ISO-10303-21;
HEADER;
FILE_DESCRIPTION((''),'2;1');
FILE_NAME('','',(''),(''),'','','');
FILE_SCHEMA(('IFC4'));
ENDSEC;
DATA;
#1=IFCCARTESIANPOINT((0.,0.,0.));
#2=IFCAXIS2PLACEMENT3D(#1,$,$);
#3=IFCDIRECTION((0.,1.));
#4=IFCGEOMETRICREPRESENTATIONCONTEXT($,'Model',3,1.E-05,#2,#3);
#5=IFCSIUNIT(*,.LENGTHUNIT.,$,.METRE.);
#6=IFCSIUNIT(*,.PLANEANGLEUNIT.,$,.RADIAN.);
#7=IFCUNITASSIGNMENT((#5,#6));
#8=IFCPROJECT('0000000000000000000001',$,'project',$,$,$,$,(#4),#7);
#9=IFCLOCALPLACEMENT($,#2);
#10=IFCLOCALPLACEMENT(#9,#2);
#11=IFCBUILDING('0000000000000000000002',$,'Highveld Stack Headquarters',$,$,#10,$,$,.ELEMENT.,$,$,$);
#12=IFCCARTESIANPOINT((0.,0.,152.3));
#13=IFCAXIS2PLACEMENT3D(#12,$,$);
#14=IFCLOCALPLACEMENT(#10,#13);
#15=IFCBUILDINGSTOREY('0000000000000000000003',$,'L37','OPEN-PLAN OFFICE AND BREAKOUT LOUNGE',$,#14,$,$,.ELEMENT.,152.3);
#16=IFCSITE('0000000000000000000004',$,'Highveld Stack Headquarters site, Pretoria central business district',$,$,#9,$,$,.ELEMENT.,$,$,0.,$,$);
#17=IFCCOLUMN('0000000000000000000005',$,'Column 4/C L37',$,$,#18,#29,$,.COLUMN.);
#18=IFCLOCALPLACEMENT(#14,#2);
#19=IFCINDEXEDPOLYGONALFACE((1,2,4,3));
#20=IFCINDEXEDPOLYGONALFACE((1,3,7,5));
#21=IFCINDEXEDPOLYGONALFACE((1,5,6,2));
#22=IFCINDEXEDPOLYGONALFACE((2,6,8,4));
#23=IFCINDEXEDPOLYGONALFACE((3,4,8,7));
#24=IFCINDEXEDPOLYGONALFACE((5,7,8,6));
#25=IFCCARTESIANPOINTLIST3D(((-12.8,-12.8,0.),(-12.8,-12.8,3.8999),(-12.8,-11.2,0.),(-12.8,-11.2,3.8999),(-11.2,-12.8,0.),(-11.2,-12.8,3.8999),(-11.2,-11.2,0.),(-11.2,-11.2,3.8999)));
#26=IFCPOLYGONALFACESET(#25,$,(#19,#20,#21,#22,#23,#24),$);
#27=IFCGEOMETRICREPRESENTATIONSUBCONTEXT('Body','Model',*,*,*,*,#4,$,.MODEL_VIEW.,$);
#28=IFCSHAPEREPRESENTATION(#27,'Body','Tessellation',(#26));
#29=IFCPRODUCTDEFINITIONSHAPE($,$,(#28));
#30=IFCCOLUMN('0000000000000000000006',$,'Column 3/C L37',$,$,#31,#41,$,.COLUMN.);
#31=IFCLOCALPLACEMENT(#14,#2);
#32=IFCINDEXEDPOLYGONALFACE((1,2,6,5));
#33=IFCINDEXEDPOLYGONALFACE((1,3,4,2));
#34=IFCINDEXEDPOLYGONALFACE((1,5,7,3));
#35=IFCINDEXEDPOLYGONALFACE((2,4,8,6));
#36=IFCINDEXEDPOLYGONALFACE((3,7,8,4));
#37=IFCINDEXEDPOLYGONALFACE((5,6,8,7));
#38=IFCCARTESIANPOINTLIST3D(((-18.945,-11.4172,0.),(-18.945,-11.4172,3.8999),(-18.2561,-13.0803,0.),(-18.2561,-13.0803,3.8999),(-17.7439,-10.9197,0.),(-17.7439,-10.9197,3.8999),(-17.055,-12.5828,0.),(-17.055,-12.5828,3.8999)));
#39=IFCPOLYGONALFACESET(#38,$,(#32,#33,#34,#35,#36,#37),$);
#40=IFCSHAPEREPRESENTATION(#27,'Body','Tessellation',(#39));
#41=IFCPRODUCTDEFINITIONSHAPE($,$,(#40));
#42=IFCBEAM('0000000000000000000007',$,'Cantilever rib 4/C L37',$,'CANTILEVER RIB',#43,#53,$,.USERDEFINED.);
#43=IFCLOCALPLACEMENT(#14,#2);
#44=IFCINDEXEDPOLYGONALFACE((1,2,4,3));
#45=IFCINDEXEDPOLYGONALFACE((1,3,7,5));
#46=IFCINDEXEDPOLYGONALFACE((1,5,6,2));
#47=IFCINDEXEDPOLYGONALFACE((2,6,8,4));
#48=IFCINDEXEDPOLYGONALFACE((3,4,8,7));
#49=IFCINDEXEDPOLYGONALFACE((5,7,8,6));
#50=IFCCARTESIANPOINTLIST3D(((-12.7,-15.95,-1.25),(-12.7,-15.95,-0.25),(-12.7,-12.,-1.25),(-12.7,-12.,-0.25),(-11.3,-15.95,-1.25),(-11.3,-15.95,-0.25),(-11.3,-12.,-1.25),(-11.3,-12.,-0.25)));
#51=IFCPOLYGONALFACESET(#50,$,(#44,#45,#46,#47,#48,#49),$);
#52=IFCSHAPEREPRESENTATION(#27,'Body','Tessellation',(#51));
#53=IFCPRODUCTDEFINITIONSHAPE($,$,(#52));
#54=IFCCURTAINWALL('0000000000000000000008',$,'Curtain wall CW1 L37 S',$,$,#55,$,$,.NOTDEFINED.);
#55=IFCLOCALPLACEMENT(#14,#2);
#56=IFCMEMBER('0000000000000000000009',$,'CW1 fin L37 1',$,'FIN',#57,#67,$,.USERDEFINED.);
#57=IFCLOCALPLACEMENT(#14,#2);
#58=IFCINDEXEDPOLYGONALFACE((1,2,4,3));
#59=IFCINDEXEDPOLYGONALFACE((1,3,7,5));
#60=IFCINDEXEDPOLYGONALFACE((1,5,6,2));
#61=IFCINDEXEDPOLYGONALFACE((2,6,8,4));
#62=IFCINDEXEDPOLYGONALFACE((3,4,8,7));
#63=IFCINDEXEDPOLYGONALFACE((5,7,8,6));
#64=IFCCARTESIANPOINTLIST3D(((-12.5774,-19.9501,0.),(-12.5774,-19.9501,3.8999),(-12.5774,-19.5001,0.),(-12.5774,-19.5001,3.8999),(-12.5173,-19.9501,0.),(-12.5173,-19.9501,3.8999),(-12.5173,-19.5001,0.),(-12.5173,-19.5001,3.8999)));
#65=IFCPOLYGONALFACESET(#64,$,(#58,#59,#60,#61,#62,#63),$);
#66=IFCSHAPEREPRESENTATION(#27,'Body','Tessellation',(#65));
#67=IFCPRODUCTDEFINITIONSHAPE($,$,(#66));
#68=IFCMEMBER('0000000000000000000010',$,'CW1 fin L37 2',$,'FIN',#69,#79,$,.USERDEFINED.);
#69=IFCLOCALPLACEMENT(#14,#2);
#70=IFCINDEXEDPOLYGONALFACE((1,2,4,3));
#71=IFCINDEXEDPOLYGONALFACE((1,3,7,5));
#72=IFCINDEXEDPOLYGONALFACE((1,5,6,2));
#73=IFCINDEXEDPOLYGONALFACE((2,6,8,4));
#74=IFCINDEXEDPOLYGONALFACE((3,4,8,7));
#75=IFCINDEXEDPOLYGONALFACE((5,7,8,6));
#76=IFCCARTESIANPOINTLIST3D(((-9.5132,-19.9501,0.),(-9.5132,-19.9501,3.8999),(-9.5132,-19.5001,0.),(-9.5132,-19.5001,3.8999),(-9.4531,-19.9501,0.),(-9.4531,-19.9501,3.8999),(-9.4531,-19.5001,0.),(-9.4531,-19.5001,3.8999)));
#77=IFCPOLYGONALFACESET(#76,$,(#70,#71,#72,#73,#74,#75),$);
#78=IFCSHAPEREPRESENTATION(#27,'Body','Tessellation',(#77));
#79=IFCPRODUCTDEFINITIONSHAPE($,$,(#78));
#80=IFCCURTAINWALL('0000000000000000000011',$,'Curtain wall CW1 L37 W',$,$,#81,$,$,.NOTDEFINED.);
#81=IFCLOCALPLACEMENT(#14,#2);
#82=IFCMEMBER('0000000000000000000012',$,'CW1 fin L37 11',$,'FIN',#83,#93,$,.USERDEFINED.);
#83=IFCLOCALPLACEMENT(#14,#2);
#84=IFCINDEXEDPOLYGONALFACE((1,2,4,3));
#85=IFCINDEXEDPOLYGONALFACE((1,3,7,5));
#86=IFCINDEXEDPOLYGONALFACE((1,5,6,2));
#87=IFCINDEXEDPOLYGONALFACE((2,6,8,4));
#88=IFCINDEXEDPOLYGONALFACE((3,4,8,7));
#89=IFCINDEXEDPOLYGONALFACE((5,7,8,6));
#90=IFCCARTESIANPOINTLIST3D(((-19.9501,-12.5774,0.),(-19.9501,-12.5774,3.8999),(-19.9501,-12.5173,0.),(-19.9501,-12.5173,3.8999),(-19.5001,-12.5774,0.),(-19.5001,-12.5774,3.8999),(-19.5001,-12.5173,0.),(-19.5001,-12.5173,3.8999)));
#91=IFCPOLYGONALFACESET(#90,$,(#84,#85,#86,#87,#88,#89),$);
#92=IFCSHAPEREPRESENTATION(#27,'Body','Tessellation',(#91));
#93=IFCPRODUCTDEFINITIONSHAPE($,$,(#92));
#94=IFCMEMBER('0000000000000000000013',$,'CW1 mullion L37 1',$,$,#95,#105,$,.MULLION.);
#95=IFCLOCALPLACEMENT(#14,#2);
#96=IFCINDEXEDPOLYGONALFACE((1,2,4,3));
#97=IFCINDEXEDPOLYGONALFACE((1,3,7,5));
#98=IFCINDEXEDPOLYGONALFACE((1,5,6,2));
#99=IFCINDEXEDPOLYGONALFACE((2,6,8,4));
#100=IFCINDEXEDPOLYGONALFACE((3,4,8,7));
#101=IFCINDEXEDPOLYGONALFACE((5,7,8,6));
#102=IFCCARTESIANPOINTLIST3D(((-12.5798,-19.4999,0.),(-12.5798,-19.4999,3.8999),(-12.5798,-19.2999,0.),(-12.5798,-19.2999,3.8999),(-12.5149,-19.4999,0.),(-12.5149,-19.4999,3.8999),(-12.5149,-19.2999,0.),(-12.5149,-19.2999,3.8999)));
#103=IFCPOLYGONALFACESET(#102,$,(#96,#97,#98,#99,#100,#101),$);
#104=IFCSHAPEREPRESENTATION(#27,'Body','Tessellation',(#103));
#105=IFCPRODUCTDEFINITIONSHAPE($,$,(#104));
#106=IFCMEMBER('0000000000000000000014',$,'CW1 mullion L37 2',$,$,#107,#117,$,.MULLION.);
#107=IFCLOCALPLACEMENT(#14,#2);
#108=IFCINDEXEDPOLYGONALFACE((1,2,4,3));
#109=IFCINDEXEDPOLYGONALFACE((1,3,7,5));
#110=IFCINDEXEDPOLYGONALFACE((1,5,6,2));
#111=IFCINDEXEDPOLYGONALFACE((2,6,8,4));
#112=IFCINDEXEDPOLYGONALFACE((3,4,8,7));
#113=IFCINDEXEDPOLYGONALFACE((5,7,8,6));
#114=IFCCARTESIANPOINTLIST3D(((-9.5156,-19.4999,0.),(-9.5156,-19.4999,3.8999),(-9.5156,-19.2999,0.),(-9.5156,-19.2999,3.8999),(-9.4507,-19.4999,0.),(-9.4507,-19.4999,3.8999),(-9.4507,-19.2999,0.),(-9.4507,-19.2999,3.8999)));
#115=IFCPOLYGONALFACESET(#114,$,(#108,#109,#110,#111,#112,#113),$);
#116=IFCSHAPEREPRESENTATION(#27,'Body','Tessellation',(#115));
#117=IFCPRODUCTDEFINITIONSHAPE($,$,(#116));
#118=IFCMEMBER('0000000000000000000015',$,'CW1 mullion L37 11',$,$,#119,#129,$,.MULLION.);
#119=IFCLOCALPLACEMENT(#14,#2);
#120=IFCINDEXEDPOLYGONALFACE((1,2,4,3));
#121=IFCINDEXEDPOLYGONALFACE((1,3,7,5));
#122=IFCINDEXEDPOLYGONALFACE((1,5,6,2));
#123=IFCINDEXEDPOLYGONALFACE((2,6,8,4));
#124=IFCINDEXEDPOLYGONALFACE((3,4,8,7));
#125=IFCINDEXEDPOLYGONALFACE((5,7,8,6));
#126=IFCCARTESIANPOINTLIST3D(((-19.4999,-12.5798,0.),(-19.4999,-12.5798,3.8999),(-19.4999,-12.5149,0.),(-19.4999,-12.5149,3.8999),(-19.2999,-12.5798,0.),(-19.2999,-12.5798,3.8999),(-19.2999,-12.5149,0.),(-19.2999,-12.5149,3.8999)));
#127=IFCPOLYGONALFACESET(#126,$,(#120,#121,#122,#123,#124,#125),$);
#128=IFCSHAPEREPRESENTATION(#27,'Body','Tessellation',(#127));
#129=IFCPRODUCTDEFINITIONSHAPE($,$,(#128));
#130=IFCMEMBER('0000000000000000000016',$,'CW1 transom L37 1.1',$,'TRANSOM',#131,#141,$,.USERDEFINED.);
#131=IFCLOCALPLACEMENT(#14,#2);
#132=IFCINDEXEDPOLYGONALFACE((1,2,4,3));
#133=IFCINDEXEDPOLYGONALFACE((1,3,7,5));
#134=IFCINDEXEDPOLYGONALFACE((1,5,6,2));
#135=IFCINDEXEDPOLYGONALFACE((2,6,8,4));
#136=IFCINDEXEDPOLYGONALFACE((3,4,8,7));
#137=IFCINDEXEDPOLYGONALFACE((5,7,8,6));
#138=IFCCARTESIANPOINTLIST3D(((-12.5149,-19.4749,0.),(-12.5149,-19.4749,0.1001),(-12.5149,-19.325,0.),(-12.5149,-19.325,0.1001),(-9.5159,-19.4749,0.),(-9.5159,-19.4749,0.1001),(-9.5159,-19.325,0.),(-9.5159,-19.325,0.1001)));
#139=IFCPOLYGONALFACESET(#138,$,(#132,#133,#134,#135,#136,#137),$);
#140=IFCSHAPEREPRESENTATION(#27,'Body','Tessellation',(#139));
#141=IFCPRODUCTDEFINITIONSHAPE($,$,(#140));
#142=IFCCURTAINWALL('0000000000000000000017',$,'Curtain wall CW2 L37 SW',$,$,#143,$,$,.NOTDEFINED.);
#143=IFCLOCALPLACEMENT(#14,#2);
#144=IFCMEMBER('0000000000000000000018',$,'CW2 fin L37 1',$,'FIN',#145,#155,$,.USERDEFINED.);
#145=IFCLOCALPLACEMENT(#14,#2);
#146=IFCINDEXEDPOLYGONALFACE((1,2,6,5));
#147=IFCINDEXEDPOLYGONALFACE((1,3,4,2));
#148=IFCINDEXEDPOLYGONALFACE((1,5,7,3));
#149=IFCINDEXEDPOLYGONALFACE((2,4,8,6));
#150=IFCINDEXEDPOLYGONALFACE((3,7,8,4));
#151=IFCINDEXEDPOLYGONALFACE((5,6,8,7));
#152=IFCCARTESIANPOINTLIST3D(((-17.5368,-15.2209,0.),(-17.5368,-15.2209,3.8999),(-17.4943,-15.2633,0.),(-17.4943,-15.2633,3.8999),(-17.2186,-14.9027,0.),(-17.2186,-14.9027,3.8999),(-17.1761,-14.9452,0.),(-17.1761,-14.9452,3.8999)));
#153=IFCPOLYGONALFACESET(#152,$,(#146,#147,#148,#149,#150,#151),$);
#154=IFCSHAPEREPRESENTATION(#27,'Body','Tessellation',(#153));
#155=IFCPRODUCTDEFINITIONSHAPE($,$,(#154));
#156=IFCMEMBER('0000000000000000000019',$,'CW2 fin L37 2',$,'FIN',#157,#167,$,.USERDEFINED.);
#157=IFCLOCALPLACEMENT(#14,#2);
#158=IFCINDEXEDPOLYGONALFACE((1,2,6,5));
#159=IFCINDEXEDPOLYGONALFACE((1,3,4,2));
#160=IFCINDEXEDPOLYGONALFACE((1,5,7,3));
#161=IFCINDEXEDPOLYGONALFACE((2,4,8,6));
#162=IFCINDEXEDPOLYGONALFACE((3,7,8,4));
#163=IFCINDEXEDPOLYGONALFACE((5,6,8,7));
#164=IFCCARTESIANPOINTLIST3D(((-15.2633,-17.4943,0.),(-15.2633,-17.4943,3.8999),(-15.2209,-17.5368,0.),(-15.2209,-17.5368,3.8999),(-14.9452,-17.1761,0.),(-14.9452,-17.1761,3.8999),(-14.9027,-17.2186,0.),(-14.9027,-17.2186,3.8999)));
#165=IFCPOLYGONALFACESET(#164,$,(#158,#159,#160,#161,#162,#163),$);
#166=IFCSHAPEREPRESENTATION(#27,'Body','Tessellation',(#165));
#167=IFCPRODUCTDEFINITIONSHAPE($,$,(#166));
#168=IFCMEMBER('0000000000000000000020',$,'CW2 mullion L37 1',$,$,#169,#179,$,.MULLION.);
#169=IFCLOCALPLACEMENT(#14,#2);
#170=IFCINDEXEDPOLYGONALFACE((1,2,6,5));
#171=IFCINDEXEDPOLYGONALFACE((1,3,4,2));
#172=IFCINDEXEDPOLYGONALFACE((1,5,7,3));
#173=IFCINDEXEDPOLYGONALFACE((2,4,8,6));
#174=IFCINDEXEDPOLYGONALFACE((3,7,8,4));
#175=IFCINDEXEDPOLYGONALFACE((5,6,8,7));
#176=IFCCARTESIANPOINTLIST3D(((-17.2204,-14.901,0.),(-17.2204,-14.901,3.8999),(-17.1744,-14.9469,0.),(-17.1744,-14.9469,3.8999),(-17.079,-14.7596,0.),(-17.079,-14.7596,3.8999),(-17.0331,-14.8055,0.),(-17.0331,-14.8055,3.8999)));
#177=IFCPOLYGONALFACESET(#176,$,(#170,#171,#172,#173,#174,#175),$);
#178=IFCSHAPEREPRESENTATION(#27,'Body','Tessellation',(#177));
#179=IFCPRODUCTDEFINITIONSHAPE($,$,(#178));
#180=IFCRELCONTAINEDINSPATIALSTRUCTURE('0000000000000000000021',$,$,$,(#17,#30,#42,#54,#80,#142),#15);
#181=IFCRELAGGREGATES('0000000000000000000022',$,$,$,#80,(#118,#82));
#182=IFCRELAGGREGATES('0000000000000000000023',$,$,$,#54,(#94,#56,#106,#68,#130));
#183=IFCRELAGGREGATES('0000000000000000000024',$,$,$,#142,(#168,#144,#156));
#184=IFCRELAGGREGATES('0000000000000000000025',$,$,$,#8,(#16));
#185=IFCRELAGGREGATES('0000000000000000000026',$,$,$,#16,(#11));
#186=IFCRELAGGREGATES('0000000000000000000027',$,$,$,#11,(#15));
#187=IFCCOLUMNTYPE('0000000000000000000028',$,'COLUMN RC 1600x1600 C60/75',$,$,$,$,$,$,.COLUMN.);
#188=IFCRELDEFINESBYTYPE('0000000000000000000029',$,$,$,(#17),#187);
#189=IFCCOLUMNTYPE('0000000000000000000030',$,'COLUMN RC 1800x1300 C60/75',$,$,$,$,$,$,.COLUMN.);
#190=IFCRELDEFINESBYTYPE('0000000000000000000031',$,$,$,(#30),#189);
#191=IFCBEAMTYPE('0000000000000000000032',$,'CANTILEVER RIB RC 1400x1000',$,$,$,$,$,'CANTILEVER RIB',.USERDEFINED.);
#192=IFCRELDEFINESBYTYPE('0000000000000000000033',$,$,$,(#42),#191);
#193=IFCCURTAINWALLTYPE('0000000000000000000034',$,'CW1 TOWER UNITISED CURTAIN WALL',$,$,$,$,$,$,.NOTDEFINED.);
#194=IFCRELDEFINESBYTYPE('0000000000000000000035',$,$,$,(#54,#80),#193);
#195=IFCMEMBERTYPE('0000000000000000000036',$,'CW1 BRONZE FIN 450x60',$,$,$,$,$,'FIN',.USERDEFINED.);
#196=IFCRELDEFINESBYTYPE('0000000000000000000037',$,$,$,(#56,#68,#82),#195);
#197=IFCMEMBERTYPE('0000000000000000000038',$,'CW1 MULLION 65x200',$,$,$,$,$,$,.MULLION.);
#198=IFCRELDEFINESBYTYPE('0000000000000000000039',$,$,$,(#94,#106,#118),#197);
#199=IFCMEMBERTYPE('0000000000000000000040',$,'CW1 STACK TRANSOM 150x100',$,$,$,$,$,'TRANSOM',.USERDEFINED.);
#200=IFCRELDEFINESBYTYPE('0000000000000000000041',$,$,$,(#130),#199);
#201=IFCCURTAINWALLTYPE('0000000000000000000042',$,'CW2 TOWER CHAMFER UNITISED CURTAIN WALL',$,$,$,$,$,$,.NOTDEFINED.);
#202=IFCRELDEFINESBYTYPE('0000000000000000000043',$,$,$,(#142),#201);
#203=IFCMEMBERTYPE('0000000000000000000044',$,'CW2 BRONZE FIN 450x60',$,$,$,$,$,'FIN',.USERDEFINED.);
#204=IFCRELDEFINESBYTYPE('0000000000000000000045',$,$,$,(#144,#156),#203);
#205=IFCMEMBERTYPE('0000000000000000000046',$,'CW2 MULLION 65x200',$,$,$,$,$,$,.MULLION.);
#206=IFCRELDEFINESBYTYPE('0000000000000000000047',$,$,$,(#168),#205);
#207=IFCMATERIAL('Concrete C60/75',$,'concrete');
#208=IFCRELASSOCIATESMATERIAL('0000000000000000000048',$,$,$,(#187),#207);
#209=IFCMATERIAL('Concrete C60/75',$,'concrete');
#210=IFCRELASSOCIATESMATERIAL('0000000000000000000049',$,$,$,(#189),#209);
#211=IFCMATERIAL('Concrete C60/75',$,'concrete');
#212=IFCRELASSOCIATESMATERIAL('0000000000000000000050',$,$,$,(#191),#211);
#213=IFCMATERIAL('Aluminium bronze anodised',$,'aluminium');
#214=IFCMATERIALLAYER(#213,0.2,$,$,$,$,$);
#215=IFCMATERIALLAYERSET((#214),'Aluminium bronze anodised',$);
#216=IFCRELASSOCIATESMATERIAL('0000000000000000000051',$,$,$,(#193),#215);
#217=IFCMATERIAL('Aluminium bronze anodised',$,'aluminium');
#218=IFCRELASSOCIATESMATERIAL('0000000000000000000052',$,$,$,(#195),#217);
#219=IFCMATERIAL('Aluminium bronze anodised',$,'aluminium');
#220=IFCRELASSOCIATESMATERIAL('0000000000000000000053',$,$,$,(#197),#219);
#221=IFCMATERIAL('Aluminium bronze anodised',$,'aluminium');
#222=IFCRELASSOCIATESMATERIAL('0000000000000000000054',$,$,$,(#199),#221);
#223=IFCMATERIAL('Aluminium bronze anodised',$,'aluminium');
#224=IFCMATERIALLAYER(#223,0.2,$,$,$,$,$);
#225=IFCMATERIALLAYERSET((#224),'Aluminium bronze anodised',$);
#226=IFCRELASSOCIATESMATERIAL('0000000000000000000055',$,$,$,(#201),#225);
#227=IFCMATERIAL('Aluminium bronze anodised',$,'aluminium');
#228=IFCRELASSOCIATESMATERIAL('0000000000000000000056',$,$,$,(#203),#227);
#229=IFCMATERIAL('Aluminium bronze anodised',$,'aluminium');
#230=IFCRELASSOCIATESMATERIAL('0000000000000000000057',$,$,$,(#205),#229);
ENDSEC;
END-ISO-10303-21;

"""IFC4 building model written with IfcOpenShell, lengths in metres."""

from ifc_helpers import new_model, si_unit, direction, frame, origin, origin_2d, place, context, subcontext, project, spatial, rectangle, extrude, material, layer, layer_set, material_profile, profile_set, type_object, element, aggregate, save


model = new_model("IFC4")

# Units and contexts
model_context = context("Model", 3, precision=1e-05, world=origin(), true_north=direction((0.0, 1.0)))
body_context = subcontext(model_context, "Body", "Model", "MODEL_VIEW")
ifc_project = project(units=[si_unit("LENGTHUNIT", "METRE"), si_unit("PLANEANGLEUNIT", "RADIAN")], contexts=[model_context])

# Site, building, storey
site_placement = place(None, origin())
site = spatial("IfcSite", under=ifc_project, at=site_placement, Name="Highveld Stack Headquarters site, Pretoria central business district", CompositionType="ELEMENT", RefElevation=0.0)
building_placement = place(site_placement, origin())
building = spatial("IfcBuilding", under=site, at=building_placement, Name="Highveld Stack Headquarters", CompositionType="ELEMENT")
storey_placement = place(building_placement, frame((0.0, 0.0, 152.3)))
storey = spatial("IfcBuildingStorey", under=building, at=storey_placement, Name="L37", Description="OPEN-PLAN OFFICE AND BREAKOUT LOUNGE", CompositionType="ELEMENT", Elevation=152.3)

# Columns
ifc_material_1 = material(Name="Concrete C60/75", Category="concrete")
ifc_material_profile_1 = material_profile(ifc_material_1, rectangle(XDim=1.6001, YDim=1.6001, at=origin_2d()), Name="RC 1600x1600")
ifc_profile_set_1 = profile_set([ifc_material_profile_1], Name="Concrete C60/75")
column_type_1 = type_object("IfcColumnType", Name="COLUMN RC 1600x1600 C60/75", PredefinedType="COLUMN", material=ifc_profile_set_1)
column_1_placement = place(storey_placement, frame((-12.0, -12.0, 0.0), z_axis=(0.0, 0.0, 1.0), x_axis=(1.0, 0.0, 0.0)))
element("IfcColumn", 1, at=column_1_placement, inside=storey, type_object=column_type_1, Name="Column 4/C L37", PredefinedType="COLUMN", context=body_context, shape_type="SweptSolid", body=[
    extrude(rectangle(XDim=1.6001, YDim=1.6001, at=origin_2d()), origin(), (0.0, 0.0, 1.0), 3.8999),
])
ifc_material_2 = material(Name="Concrete C60/75", Category="concrete")
ifc_material_profile_2 = material_profile(ifc_material_2, rectangle(XDim=1.8, YDim=1.3, at=origin_2d()), Name="RC 1800x1300")
ifc_profile_set_2 = profile_set([ifc_material_profile_2], Name="Concrete C60/75")
column_type_2 = type_object("IfcColumnType", Name="COLUMN RC 1800x1300 C60/75", PredefinedType="COLUMN", material=ifc_profile_set_2)
column_2_placement = place(storey_placement, frame((-18.0, -12.0, 0.0), z_axis=(0.0, 0.0, 1.0), x_axis=(-0.382683, 0.92388, 0.0)))
element("IfcColumn", 2, at=column_2_placement, inside=storey, type_object=column_type_2, Name="Column 3/C L37", PredefinedType="COLUMN", context=body_context, shape_type="SweptSolid", body=[
    extrude(rectangle(XDim=1.8, YDim=1.3, at=origin_2d()), origin(), (0.0, 0.0, 1.0), 3.8999),
])

# Beam
ifc_material_3 = material(Name="Concrete C60/75", Category="concrete")
ifc_material_profile_3 = material_profile(ifc_material_3, rectangle(XDim=1.3999, YDim=1.0, at=origin_2d()), Name="RC 1400x1000")
ifc_profile_set_3 = profile_set([ifc_material_profile_3], Name="Concrete C60/75")
beam_type_1 = type_object("IfcBeamType", Name="CANTILEVER RIB RC 1400x1000", ElementType="CANTILEVER RIB", PredefinedType="USERDEFINED", material=ifc_profile_set_3)
beam_1_placement = place(storey_placement, frame((-12.0, -12.0, -0.75), z_axis=(0.0, -1.0, 0.0), x_axis=(1.0, 0.0, 0.0)))
element("IfcBeam", 3, at=beam_1_placement, inside=storey, type_object=beam_type_1, Name="Cantilever rib 4/C L37", ObjectType="CANTILEVER RIB", PredefinedType="USERDEFINED", context=body_context, shape_type="SweptSolid", body=[
    extrude(rectangle(XDim=1.3999, YDim=1.0, at=origin_2d()), origin(), (0.0, 0.0, 1.0), 3.95),
])

# Curtain wall, members
ifc_material_4 = material(Name="Aluminium bronze anodised", Category="aluminium")
ifc_layer_1 = layer(ifc_material_4, 0.2)
ifc_layer_set_1 = layer_set([ifc_layer_1], Name="Aluminium bronze anodised")
curtain_wall_type_1 = type_object("IfcCurtainWallType", Name="CW1 TOWER UNITISED CURTAIN WALL", PredefinedType="NOTDEFINED", material=ifc_layer_set_1)
curtain_wall_1_placement = place(storey_placement, origin())
curtain_wall_1 = element("IfcCurtainWall", 4, at=curtain_wall_1_placement, inside=storey, type_object=curtain_wall_type_1, Name="Curtain wall CW1 L37 S", PredefinedType="NOTDEFINED")
ifc_material_5 = material(Name="Aluminium bronze anodised", Category="aluminium")
ifc_material_profile_4 = material_profile(ifc_material_5, rectangle(XDim=0.45, YDim=0.0601, at=origin_2d()), Name="FIN 450x60")
ifc_profile_set_4 = profile_set([ifc_material_profile_4], Name="Aluminium bronze anodised")
member_type_1 = type_object("IfcMemberType", Name="CW1 BRONZE FIN 450x60", ElementType="FIN", PredefinedType="USERDEFINED", material=ifc_profile_set_4)
member_1_placement = place(storey_placement, frame((-12.5474, -19.7251, 0.0), z_axis=(0.0, 0.0, 1.0), x_axis=(0.0, 1.0, 0.0)))
member_1 = element("IfcMember", 5, at=member_1_placement, type_object=member_type_1, Name="CW1 fin L37 1", ObjectType="FIN", PredefinedType="USERDEFINED", context=body_context, shape_type="SweptSolid", body=[
    extrude(rectangle(XDim=0.45, YDim=0.0601, at=origin_2d()), origin(), (0.0, 0.0, 1.0), 3.8999),
])
member_2_placement = place(storey_placement, frame((-9.4832, -19.7251, 0.0), z_axis=(0.0, 0.0, 1.0), x_axis=(0.0, 1.0, 0.0)))
member_2 = element("IfcMember", 6, at=member_2_placement, type_object=member_type_1, Name="CW1 fin L37 2", ObjectType="FIN", PredefinedType="USERDEFINED", context=body_context, shape_type="SweptSolid", body=[
    extrude(rectangle(XDim=0.45, YDim=0.0601, at=origin_2d()), origin(), (0.0, 0.0, 1.0), 3.8999),
])

# Curtain wall, member
curtain_wall_2_placement = place(storey_placement, origin())
curtain_wall_2 = element("IfcCurtainWall", 7, at=curtain_wall_2_placement, inside=storey, type_object=curtain_wall_type_1, Name="Curtain wall CW1 L37 W", PredefinedType="NOTDEFINED")
member_3_placement = place(storey_placement, frame((-19.7251, -12.5474, 0.0), z_axis=(0.0, 0.0, 1.0), x_axis=(1.0, 0.0, 0.0)))
member_3 = element("IfcMember", 8, at=member_3_placement, type_object=member_type_1, Name="CW1 fin L37 11", ObjectType="FIN", PredefinedType="USERDEFINED", context=body_context, shape_type="SweptSolid", body=[
    extrude(rectangle(XDim=0.45, YDim=0.0601, at=origin_2d()), origin(), (0.0, 0.0, 1.0), 3.8999),
])

# Members
ifc_material_6 = material(Name="Aluminium bronze anodised", Category="aluminium")
ifc_material_profile_5 = material_profile(ifc_material_6, rectangle(XDim=0.2, YDim=0.0649, at=origin_2d()), Name="CW1 MULLION 65x200")
ifc_profile_set_5 = profile_set([ifc_material_profile_5], Name="Aluminium bronze anodised")
member_type_2 = type_object("IfcMemberType", Name="CW1 MULLION 65x200", PredefinedType="MULLION", material=ifc_profile_set_5)
member_4_placement = place(storey_placement, frame((-12.5474, -19.3999, 0.0), z_axis=(0.0, 0.0, 1.0), x_axis=(0.0, 1.0, 0.0)))
member_4 = element("IfcMember", 9, at=member_4_placement, type_object=member_type_2, Name="CW1 mullion L37 1", PredefinedType="MULLION", context=body_context, shape_type="SweptSolid", body=[
    extrude(rectangle(XDim=0.2, YDim=0.0649, at=origin_2d()), origin(), (0.0, 0.0, 1.0), 3.8999),
])
member_5_placement = place(storey_placement, frame((-9.4832, -19.3999, 0.0), z_axis=(0.0, 0.0, 1.0), x_axis=(0.0, 1.0, 0.0)))
member_5 = element("IfcMember", 10, at=member_5_placement, type_object=member_type_2, Name="CW1 mullion L37 2", PredefinedType="MULLION", context=body_context, shape_type="SweptSolid", body=[
    extrude(rectangle(XDim=0.2, YDim=0.0649, at=origin_2d()), origin(), (0.0, 0.0, 1.0), 3.8999),
])
member_6_placement = place(storey_placement, frame((-19.3999, -12.5474, 0.0), z_axis=(0.0, 0.0, 1.0), x_axis=(1.0, 0.0, 0.0)))
member_6 = element("IfcMember", 11, at=member_6_placement, type_object=member_type_2, Name="CW1 mullion L37 11", PredefinedType="MULLION", context=body_context, shape_type="SweptSolid", body=[
    extrude(rectangle(XDim=0.2, YDim=0.0649, at=origin_2d()), origin(), (0.0, 0.0, 1.0), 3.8999),
])
aggregate(curtain_wall_2, [member_6, member_3])
ifc_material_7 = material(Name="Aluminium bronze anodised", Category="aluminium")
ifc_material_profile_6 = material_profile(ifc_material_7, rectangle(XDim=0.1499, YDim=0.1001, at=origin_2d()), Name="CW1 TRANSOM 150x100")
ifc_profile_set_6 = profile_set([ifc_material_profile_6], Name="Aluminium bronze anodised")
member_type_3 = type_object("IfcMemberType", Name="CW1 STACK TRANSOM 150x100", ElementType="TRANSOM", PredefinedType="USERDEFINED", material=ifc_profile_set_6)
member_7_placement = place(storey_placement, frame((-12.5149, -19.3999, 0.05), z_axis=(1.0, 0.0, 0.0), x_axis=(0.0, 1.0, 0.0)))
member_7 = element("IfcMember", 12, at=member_7_placement, type_object=member_type_3, Name="CW1 transom L37 1.1", ObjectType="TRANSOM", PredefinedType="USERDEFINED", context=body_context, shape_type="SweptSolid", body=[
    extrude(rectangle(XDim=0.1499, YDim=0.1001, at=origin_2d()), origin(), (0.0, 0.0, 1.0), 2.999),
])

# Curtain wall, members
ifc_material_8 = material(Name="Aluminium bronze anodised", Category="aluminium")
ifc_layer_2 = layer(ifc_material_8, 0.2)
ifc_layer_set_2 = layer_set([ifc_layer_2], Name="Aluminium bronze anodised")
curtain_wall_type_2 = type_object("IfcCurtainWallType", Name="CW2 TOWER CHAMFER UNITISED CURTAIN WALL", PredefinedType="NOTDEFINED", material=ifc_layer_set_2)
curtain_wall_3_placement = place(storey_placement, origin())
curtain_wall_3 = element("IfcCurtainWall", 13, at=curtain_wall_3_placement, inside=storey, type_object=curtain_wall_type_2, Name="Curtain wall CW2 L37 SW", PredefinedType="NOTDEFINED")
ifc_material_9 = material(Name="Aluminium bronze anodised", Category="aluminium")
ifc_material_profile_7 = material_profile(ifc_material_9, rectangle(XDim=0.45, YDim=0.0601, at=origin_2d()), Name="FIN 450x60")
ifc_profile_set_7 = profile_set([ifc_material_profile_7], Name="Aluminium bronze anodised")
member_type_4 = type_object("IfcMemberType", Name="CW2 BRONZE FIN 450x60", ElementType="FIN", PredefinedType="USERDEFINED", material=ifc_profile_set_7)
member_8_placement = place(storey_placement, frame((-17.3564, -15.083, 0.0), z_axis=(0.0, 0.0, 1.0), x_axis=(0.707107, 0.707107, 0.0)))
member_8 = element("IfcMember", 14, at=member_8_placement, type_object=member_type_4, Name="CW2 fin L37 1", ObjectType="FIN", PredefinedType="USERDEFINED", context=body_context, shape_type="SweptSolid", body=[
    extrude(rectangle(XDim=0.45, YDim=0.0601, at=origin_2d()), origin(), (0.0, 0.0, 1.0), 3.8999),
])
member_9_placement = place(storey_placement, frame((-15.083, -17.3564, 0.0), z_axis=(0.0, 0.0, 1.0), x_axis=(0.707107, 0.707107, 0.0)))
member_9 = element("IfcMember", 15, at=member_9_placement, type_object=member_type_4, Name="CW2 fin L37 2", ObjectType="FIN", PredefinedType="USERDEFINED", context=body_context, shape_type="SweptSolid", body=[
    extrude(rectangle(XDim=0.45, YDim=0.0601, at=origin_2d()), origin(), (0.0, 0.0, 1.0), 3.8999),
])
ifc_material_10 = material(Name="Aluminium bronze anodised", Category="aluminium")
ifc_material_profile_8 = material_profile(ifc_material_10, rectangle(XDim=0.2, YDim=0.0649, at=origin_2d()), Name="CW2 MULLION 65x200")
ifc_profile_set_8 = profile_set([ifc_material_profile_8], Name="Aluminium bronze anodised")
member_type_5 = type_object("IfcMemberType", Name="CW2 MULLION 65x200", PredefinedType="MULLION", material=ifc_profile_set_8)
member_10_placement = place(storey_placement, frame((-17.1267, -14.8533, 0.0), z_axis=(0.0, 0.0, 1.0), x_axis=(0.707107, 0.707107, 0.0)))
member_10 = element("IfcMember", 16, at=member_10_placement, type_object=member_type_5, Name="CW2 mullion L37 1", PredefinedType="MULLION", context=body_context, shape_type="SweptSolid", body=[
    extrude(rectangle(XDim=0.2, YDim=0.0649, at=origin_2d()), origin(), (0.0, 0.0, 1.0), 3.8999),
])

aggregate(curtain_wall_1, [member_4, member_1, member_5, member_2, member_7])
aggregate(curtain_wall_3, [member_10, member_8, member_9])

save(model, "model.ifc")
